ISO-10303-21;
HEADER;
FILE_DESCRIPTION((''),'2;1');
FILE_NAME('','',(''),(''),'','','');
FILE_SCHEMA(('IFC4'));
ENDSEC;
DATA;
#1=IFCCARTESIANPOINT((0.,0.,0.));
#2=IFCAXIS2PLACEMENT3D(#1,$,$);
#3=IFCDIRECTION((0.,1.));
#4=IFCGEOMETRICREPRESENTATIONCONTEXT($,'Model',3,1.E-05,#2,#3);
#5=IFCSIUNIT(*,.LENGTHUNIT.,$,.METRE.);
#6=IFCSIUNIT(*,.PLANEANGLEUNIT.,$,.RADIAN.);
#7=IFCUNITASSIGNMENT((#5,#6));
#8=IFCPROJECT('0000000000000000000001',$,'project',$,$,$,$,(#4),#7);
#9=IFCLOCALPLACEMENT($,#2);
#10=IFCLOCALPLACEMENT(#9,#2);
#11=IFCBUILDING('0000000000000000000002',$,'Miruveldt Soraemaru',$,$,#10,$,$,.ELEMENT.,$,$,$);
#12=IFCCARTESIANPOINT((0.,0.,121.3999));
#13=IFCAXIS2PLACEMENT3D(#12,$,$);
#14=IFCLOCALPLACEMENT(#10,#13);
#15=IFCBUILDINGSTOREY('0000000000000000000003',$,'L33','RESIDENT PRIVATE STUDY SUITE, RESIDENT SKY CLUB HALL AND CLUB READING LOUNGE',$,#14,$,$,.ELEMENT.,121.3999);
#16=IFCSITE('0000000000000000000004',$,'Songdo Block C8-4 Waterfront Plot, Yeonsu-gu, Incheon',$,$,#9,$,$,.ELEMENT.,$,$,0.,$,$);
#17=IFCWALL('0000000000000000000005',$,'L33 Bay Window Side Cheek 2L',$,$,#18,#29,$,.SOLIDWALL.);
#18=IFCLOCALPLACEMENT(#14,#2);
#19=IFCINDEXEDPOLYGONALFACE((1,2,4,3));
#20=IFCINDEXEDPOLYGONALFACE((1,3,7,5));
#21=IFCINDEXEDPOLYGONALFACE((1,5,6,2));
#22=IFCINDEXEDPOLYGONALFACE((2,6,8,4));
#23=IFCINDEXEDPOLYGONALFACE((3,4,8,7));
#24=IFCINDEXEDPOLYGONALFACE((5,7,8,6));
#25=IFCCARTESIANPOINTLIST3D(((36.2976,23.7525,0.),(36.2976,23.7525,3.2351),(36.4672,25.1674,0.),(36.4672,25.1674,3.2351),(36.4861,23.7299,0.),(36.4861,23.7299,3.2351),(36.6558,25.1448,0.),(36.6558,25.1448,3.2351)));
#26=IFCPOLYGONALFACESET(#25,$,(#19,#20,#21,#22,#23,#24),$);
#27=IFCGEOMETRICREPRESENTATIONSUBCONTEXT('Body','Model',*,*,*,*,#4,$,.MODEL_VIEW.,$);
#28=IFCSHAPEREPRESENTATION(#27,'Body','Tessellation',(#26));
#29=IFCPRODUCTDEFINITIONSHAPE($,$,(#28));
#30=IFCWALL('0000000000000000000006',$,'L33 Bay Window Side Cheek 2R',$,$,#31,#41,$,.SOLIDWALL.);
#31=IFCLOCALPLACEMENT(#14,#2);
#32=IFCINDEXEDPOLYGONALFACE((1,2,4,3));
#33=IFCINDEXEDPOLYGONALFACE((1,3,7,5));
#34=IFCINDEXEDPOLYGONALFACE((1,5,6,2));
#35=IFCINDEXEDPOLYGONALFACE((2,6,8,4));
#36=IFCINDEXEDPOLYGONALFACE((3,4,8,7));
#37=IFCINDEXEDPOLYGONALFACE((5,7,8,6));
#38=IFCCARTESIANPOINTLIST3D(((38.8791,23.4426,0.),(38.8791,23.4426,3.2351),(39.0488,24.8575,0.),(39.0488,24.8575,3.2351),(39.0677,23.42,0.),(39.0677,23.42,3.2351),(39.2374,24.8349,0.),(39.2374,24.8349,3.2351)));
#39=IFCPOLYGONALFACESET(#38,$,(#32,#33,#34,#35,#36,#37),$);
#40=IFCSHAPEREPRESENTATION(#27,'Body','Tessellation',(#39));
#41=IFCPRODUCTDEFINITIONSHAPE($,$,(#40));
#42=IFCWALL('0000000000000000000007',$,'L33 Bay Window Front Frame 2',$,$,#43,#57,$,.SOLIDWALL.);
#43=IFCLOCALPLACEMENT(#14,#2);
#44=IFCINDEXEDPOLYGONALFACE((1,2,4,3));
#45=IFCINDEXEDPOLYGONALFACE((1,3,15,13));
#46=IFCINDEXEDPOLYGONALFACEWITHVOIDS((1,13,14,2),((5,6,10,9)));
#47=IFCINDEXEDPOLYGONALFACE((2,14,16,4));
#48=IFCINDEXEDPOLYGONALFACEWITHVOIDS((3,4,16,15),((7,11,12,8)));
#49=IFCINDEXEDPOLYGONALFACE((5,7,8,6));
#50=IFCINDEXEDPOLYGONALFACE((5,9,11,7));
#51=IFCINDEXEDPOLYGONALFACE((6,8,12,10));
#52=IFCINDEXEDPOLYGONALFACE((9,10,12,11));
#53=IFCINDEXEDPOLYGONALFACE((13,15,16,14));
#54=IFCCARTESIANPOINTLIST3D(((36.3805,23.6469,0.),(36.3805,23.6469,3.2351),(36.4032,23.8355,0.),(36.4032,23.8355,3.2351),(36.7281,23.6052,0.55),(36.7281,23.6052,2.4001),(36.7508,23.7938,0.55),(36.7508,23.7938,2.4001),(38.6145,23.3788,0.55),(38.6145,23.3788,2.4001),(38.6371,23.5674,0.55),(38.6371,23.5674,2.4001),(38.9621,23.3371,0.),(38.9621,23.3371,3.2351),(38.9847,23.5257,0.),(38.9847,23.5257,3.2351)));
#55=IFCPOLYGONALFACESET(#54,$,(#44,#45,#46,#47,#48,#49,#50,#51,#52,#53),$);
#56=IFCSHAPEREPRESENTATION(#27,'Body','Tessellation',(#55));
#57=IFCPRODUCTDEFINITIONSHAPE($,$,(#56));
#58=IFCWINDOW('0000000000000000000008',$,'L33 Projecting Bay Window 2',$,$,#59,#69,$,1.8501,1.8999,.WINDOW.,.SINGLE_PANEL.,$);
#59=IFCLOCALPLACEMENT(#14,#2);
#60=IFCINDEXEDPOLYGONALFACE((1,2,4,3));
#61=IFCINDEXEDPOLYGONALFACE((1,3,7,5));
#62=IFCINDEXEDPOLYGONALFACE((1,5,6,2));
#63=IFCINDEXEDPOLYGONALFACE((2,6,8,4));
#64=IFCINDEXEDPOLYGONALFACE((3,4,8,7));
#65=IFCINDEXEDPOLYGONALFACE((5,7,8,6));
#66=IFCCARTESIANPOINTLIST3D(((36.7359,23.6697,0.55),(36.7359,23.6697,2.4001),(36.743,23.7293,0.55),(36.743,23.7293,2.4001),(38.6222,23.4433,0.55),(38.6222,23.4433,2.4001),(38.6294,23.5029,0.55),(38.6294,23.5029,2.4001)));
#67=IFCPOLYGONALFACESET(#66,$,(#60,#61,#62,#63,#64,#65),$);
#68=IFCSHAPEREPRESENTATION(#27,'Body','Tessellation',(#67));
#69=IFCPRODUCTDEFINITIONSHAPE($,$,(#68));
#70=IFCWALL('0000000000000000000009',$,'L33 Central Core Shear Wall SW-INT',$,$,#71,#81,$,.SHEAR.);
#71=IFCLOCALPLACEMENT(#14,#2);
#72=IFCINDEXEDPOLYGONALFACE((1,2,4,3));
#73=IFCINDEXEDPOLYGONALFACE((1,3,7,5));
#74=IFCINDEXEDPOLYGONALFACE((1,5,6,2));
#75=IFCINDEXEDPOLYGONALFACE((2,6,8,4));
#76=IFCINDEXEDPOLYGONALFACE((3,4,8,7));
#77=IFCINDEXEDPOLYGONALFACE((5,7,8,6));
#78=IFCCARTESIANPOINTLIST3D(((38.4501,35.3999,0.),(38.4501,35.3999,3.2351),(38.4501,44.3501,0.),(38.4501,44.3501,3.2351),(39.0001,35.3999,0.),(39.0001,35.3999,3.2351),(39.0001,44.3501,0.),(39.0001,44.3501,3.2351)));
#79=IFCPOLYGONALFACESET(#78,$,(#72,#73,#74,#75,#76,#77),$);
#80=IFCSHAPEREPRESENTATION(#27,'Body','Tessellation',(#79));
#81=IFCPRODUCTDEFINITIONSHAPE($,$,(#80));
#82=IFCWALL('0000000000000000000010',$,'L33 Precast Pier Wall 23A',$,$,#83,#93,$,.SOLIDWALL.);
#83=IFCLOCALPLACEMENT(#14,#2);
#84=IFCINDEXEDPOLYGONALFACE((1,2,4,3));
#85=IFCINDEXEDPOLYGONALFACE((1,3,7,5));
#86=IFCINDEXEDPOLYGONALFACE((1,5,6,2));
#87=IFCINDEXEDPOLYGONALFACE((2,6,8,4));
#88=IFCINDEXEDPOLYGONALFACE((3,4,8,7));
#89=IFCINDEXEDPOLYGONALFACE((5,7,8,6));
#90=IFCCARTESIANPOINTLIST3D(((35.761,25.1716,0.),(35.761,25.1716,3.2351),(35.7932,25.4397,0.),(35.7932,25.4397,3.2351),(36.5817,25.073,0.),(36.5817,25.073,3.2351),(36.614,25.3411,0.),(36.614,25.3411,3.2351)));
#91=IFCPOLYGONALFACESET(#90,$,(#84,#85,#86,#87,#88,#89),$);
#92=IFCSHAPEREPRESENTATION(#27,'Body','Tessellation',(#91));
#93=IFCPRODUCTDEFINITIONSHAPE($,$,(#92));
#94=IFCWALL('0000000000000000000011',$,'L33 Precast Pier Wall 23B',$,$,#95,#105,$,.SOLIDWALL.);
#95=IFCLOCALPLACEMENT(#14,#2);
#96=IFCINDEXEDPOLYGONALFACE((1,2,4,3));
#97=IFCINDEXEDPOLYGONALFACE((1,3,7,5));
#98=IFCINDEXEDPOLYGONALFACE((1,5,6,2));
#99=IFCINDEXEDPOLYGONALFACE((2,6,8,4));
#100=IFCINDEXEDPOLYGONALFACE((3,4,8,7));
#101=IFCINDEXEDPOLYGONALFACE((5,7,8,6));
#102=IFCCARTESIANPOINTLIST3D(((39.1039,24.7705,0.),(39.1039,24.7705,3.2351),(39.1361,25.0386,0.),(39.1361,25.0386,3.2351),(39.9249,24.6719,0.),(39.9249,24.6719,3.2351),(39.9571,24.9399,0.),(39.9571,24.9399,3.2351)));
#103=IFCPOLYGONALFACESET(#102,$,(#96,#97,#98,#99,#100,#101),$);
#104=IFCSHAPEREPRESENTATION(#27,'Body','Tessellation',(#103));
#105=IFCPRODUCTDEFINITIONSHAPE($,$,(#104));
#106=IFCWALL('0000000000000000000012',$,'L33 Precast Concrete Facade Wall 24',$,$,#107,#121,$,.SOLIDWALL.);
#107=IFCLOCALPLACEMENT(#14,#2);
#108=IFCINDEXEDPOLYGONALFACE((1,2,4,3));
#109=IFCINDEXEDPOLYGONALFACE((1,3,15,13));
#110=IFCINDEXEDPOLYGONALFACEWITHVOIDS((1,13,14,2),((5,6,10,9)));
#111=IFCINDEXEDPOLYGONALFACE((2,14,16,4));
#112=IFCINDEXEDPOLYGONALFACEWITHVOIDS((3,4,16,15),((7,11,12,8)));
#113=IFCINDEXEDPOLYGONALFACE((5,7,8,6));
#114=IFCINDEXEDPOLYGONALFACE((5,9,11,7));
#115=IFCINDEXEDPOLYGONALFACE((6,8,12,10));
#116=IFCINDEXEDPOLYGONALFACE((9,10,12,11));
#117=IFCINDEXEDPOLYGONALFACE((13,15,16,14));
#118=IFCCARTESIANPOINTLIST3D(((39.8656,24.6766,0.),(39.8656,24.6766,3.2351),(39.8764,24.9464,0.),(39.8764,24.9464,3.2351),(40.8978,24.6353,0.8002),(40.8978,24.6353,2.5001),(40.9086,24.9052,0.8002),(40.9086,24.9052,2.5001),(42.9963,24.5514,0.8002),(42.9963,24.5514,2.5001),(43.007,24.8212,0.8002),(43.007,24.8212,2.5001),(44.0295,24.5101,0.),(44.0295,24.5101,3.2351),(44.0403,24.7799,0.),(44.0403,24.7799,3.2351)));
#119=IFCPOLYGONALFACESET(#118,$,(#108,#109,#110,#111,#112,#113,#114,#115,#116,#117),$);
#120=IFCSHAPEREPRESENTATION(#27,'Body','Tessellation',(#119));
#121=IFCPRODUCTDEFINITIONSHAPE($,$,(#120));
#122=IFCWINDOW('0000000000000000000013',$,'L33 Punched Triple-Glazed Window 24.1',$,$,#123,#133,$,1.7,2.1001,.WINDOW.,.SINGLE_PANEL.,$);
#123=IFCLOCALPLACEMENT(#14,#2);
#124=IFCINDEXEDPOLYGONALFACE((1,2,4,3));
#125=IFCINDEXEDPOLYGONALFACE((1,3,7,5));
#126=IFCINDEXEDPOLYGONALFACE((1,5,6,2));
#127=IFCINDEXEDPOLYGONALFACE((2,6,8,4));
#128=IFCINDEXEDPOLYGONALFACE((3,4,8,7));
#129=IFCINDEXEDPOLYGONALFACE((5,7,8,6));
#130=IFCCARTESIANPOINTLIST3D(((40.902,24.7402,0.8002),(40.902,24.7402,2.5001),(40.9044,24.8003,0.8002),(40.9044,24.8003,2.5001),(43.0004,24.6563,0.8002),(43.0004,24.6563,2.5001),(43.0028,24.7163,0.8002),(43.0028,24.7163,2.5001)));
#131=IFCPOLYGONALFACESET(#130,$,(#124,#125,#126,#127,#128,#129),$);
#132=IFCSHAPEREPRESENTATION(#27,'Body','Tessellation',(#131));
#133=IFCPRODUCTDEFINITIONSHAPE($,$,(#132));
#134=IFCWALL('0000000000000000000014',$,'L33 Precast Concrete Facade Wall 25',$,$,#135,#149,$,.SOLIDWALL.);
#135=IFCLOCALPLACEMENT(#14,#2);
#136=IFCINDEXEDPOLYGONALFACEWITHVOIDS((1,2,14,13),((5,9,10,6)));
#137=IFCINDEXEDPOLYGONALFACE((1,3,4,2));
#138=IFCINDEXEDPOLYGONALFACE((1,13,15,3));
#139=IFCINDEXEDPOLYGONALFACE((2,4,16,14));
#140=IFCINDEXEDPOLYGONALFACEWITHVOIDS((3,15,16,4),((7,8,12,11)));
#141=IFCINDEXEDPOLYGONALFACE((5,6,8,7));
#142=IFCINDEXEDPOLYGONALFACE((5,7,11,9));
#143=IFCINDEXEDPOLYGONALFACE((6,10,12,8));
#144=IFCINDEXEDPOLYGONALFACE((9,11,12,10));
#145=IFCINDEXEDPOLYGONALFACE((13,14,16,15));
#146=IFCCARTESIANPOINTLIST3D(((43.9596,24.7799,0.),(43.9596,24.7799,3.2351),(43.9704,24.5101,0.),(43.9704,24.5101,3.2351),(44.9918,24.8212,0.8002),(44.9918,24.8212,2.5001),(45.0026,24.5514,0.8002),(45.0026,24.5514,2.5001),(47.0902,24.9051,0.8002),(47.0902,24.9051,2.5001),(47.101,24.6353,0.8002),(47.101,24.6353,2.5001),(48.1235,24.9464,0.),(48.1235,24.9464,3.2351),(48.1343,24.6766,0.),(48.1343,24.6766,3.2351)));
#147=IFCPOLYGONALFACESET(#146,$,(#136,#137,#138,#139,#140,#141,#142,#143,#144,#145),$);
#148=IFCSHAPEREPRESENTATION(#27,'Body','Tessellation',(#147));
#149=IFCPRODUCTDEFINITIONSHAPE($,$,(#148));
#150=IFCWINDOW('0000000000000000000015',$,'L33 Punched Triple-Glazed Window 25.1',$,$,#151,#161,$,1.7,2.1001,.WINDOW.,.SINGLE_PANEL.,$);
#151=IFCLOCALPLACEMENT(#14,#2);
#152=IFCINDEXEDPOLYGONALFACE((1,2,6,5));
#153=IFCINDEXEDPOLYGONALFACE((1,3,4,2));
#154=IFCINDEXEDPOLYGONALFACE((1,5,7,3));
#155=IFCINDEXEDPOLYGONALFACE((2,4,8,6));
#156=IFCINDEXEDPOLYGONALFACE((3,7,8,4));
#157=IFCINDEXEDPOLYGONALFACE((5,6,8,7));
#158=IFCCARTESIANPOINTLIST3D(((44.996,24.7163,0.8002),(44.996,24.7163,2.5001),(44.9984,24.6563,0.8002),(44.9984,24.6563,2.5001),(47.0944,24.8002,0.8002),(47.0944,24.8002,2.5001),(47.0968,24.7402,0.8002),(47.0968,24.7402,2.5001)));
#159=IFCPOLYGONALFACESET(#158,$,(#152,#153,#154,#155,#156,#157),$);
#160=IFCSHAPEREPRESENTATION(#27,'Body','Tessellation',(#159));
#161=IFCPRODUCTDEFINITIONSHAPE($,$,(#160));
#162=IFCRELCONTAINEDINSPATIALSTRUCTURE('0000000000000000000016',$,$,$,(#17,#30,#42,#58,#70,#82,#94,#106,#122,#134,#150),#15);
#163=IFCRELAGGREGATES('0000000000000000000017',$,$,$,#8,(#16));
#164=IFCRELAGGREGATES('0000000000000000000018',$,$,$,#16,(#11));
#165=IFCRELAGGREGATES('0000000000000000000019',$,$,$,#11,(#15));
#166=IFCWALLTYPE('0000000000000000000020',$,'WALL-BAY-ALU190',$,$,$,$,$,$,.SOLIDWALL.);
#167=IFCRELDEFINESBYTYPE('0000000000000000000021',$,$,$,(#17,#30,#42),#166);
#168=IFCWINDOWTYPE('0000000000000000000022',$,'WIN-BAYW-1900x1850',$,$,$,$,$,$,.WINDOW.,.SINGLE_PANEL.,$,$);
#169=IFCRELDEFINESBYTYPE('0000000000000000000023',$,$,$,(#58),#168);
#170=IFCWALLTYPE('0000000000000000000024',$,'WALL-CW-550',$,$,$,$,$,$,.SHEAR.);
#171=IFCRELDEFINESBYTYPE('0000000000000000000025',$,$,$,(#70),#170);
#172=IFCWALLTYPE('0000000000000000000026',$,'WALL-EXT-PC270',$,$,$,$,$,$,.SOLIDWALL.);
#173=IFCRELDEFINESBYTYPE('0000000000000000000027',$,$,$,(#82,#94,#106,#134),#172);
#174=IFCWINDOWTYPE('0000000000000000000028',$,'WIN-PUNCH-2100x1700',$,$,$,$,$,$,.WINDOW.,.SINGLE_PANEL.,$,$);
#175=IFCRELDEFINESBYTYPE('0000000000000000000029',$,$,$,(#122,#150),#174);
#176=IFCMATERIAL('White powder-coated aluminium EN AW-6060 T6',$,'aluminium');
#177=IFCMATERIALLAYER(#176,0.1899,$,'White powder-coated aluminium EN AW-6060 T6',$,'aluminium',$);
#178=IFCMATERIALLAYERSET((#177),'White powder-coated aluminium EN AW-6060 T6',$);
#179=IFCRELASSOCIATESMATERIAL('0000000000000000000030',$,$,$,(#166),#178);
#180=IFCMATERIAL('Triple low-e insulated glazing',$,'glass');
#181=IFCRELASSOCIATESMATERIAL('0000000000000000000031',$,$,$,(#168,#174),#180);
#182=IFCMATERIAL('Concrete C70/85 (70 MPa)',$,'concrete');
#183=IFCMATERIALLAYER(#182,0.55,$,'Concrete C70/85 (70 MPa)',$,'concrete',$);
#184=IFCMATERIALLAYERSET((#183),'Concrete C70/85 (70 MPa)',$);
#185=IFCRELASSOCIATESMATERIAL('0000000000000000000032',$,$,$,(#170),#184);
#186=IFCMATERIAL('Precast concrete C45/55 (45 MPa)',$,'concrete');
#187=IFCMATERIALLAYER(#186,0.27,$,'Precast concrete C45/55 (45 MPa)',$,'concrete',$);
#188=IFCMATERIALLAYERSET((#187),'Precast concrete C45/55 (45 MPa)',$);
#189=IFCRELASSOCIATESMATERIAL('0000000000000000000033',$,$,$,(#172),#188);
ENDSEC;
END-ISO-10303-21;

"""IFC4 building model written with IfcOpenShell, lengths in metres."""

from ifc_helpers import new_model, si_unit, direction, frame, frame_2d, origin, place, context, subcontext, project, spatial, rectangle, extrude, material, layer, layer_set, type_object, element, fill, save


model = new_model("IFC4")

# Units and contexts
model_context = context("Model", 3, precision=1e-05, world=origin(), true_north=direction((0.0, 1.0)))
body_context = subcontext(model_context, "Body", "Model", "MODEL_VIEW")
ifc_project = project(units=[si_unit("LENGTHUNIT", "METRE"), si_unit("PLANEANGLEUNIT", "RADIAN")], contexts=[model_context])

# Site, building, storey
site_placement = place(None, origin())
site = spatial("IfcSite", under=ifc_project, at=site_placement, Name="Songdo Block C8-4 Waterfront Plot, Yeonsu-gu, Incheon", CompositionType="ELEMENT", RefElevation=0.0)
building_placement = place(site_placement, origin())
building = spatial("IfcBuilding", under=site, at=building_placement, Name="Miruveldt Soraemaru", CompositionType="ELEMENT")
storey_placement = place(building_placement, frame((0.0, 0.0, 121.3999)))
storey = spatial("IfcBuildingStorey", under=building, at=storey_placement, Name="L33", Description="RESIDENT PRIVATE STUDY SUITE, RESIDENT SKY CLUB HALL AND CLUB READING LOUNGE", CompositionType="ELEMENT", Elevation=121.3999)

# Walls
ifc_material_1 = material(Name="White powder-coated aluminium EN AW-6060 T6", Category="aluminium")
ifc_layer_1 = layer(ifc_material_1, 0.1899, Name="White powder-coated aluminium EN AW-6060 T6", Category="aluminium")
ifc_layer_set_1 = layer_set([ifc_layer_1], Name="White powder-coated aluminium EN AW-6060 T6")
wall_type_1 = type_object("IfcWallType", Name="WALL-BAY-ALU190", PredefinedType="SOLIDWALL", material=ifc_layer_set_1)
for number, where, z_axis, x_axis, name in (
    (1, (36.5615, 25.156, 0.0), (0.0, 0.0, 1.0), (-0.119078, -0.992885, 0.0), "L33 Bay Window Side Cheek 2L"),
    (2, (38.9734, 23.4314, 0.0), (0.0, 0.0, 1.0), (0.119078, 0.992885, 0.0), "L33 Bay Window Side Cheek 2R"),
):
    element("IfcWall", number, at=place(storey_placement, frame(where, z_axis=z_axis, x_axis=x_axis)), inside=storey, type_object=wall_type_1, Name=name, PredefinedType="SOLIDWALL", context=body_context, shape_type="SweptSolid", body=[
        extrude(rectangle(XDim=1.425, YDim=0.1899, at=frame_2d((0.7124, 0.0))), origin(), (0.0, 0.0, 1.0), 3.2351),
    ])

# Wall, opening, window
wall_1_placement = place(storey_placement, frame((36.3918, 23.7412, 0.0), z_axis=(0.0, 0.0, 1.0), x_axis=(0.992876, -0.119156, 0.0)))
wall_1 = element("IfcWall", 3, at=wall_1_placement, inside=storey, type_object=wall_type_1, Name="L33 Bay Window Front Frame 2", PredefinedType="SOLIDWALL", context=body_context, shape_type="SweptSolid", body=[
    extrude(rectangle(XDim=2.6001, YDim=0.1899, at=frame_2d((1.3, 0.0))), origin(), (0.0, 0.0, 1.0), 3.2351),
])
opening_1_placement = place(wall_1_placement, frame((0.3501, 0.0, 0.55)))
opening_1 = element("IfcOpeningElement", 4, at=opening_1_placement, cuts=wall_1, PredefinedType="OPENING", context=body_context, shape_type="SweptSolid", body=[
    extrude(rectangle(XDim=1.8999, YDim=1.8501, at=frame_2d((0.95, 0.925))), frame((0.0, 0.105, 0.0), z_axis=(0.0, -1.0, 0.0), x_axis=(1.0, 0.0, 0.0)), (0.0, 0.0, 1.0), 0.21),
])
ifc_material_2 = material(Name="Triple low-e insulated glazing", Category="glass")
window_type_1 = type_object("IfcWindowType", Name="WIN-BAYW-1900x1850", PartitioningType="SINGLE_PANEL", PredefinedType="WINDOW", material=ifc_material_2)
window_1_placement = place(opening_1_placement, origin())
window_1 = element("IfcWindow", 5, at=window_1_placement, inside=storey, type_object=window_type_1, Name="L33 Projecting Bay Window 2", OverallHeight=1.8501, OverallWidth=1.8999, PartitioningType="SINGLE_PANEL", PredefinedType="WINDOW", context=body_context, shape_type="SweptSolid", body=[
    extrude(rectangle(XDim=1.8999, YDim=1.8501, at=frame_2d((0.95, 0.925))), frame((0.0, 0.03, 0.0), z_axis=(0.0, -1.0, 0.0), x_axis=(1.0, 0.0, 0.0)), (0.0, 0.0, 1.0), 0.0601),
])
fill(opening_1, window_1)

# Walls
ifc_material_3 = material(Name="Concrete C70/85 (70 MPa)", Category="concrete")
ifc_layer_2 = layer(ifc_material_3, 0.55, Name="Concrete C70/85 (70 MPa)", Category="concrete")
ifc_layer_set_2 = layer_set([ifc_layer_2], Name="Concrete C70/85 (70 MPa)")
wall_type_2 = type_object("IfcWallType", Name="WALL-CW-550", PredefinedType="SHEAR", material=ifc_layer_set_2)
wall_2_placement = place(storey_placement, frame((38.7251, 35.3999, 0.0), z_axis=(0.0, 0.0, 1.0), x_axis=(0.0, 1.0, 0.0)))
element("IfcWall", 6, at=wall_2_placement, inside=storey, type_object=wall_type_2, Name="L33 Central Core Shear Wall SW-INT", PredefinedType="SHEAR", context=body_context, shape_type="SweptSolid", body=[
    extrude(rectangle(XDim=8.9502, YDim=0.55, at=frame_2d((4.4751, 0.0))), origin(), (0.0, 0.0, 1.0), 3.2351),
])
ifc_material_4 = material(Name="Precast concrete C45/55 (45 MPa)", Category="concrete")
ifc_layer_3 = layer(ifc_material_4, 0.27, Name="Precast concrete C45/55 (45 MPa)", Category="concrete")
ifc_layer_set_3 = layer_set([ifc_layer_3], Name="Precast concrete C45/55 (45 MPa)")
wall_type_3 = type_object("IfcWallType", Name="WALL-EXT-PC270", PredefinedType="SOLIDWALL", material=ifc_layer_set_3)
wall_3_placement = place(storey_placement, frame((35.7771, 25.3057, 0.0), z_axis=(0.0, 0.0, 1.0), x_axis=(0.992857, -0.119308, 0.0)))
element("IfcWall", 7, at=wall_3_placement, inside=storey, type_object=wall_type_3, Name="L33 Precast Pier Wall 23A", PredefinedType="SOLIDWALL", context=body_context, shape_type="SweptSolid", body=[
    extrude(rectangle(XDim=0.8267, YDim=0.27, at=frame_2d((0.4133, 0.0))), origin(), (0.0, 0.0, 1.0), 3.2351),
])
wall_4_placement = place(storey_placement, frame((39.1199, 24.9045, 0.0), z_axis=(0.0, 0.0, 1.0), x_axis=(0.992861, -0.119273, 0.0)))
element("IfcWall", 8, at=wall_4_placement, inside=storey, type_object=wall_type_3, Name="L33 Precast Pier Wall 23B", PredefinedType="SOLIDWALL", context=body_context, shape_type="SweptSolid", body=[
    extrude(rectangle(XDim=0.8269, YDim=0.27, at=frame_2d((0.4136, 0.0))), origin(), (0.0, 0.0, 1.0), 3.2351),
])

# Walls, openings, windows
wall_5_placement = place(storey_placement, frame((39.8711, 24.8115, 0.0), z_axis=(0.0, 0.0, 1.0), x_axis=(0.999201, -0.039956, 0.0)))
wall_5 = element("IfcWall", 9, at=wall_5_placement, inside=storey, type_object=wall_type_3, Name="L33 Precast Concrete Facade Wall 24", PredefinedType="SOLIDWALL", context=body_context, shape_type="SweptSolid", body=[
    extrude(rectangle(XDim=4.1672, YDim=0.27, at=frame_2d((2.0835, 0.0))), origin(), (0.0, 0.0, 1.0), 3.2351),
])
opening_2_placement = place(wall_5_placement, frame((1.033, 0.0, 0.8)))
opening_2 = element("IfcOpeningElement", 10, at=opening_2_placement, cuts=wall_5, PredefinedType="OPENING", context=body_context, shape_type="SweptSolid", body=[
    extrude(rectangle(XDim=2.1001, YDim=1.7, at=frame_2d((1.05, 0.8501))), frame((0.0, 0.145, 0.0), z_axis=(0.0, -1.0, 0.0), x_axis=(1.0, 0.0, 0.0)), (0.0, 0.0, 1.0), 0.29),
])
window_type_2 = type_object("IfcWindowType", Name="WIN-PUNCH-2100x1700", PartitioningType="SINGLE_PANEL", PredefinedType="WINDOW", material=ifc_material_2)
window_2_placement = place(opening_2_placement, origin())
window_2 = element("IfcWindow", 11, at=window_2_placement, inside=storey, type_object=window_type_2, Name="L33 Punched Triple-Glazed Window 24.1", OverallHeight=1.7, OverallWidth=2.1001, PartitioningType="SINGLE_PANEL", PredefinedType="WINDOW", context=body_context, shape_type="SweptSolid", body=[
    extrude(rectangle(XDim=2.1001, YDim=1.7, at=frame_2d((1.05, 0.8501))), frame((0.0, 0.03, 0.0), z_axis=(0.0, -1.0, 0.0), x_axis=(1.0, 0.0, 0.0)), (0.0, 0.0, 1.0), 0.0601),
])
fill(opening_2, window_2)
wall_6_placement = place(storey_placement, frame((43.9651, 24.645, 0.0), z_axis=(0.0, 0.0, 1.0), x_axis=(0.999201, 0.039956, 0.0)))
wall_6 = element("IfcWall", 12, at=wall_6_placement, inside=storey, type_object=wall_type_3, Name="L33 Precast Concrete Facade Wall 25", PredefinedType="SOLIDWALL", context=body_context, shape_type="SweptSolid", body=[
    extrude(rectangle(XDim=4.1672, YDim=0.27, at=frame_2d((2.0835, 0.0))), origin(), (0.0, 0.0, 1.0), 3.2351),
])
opening_3_placement = place(wall_6_placement, frame((1.033, 0.0, 0.8)))
opening_3 = element("IfcOpeningElement", 13, at=opening_3_placement, cuts=wall_6, PredefinedType="OPENING", context=body_context, shape_type="SweptSolid", body=[
    extrude(rectangle(XDim=2.1001, YDim=1.7, at=frame_2d((1.05, 0.8501))), frame((0.0, 0.145, 0.0), z_axis=(0.0, -1.0, 0.0), x_axis=(1.0, 0.0, 0.0)), (0.0, 0.0, 1.0), 0.29),
])
window_3_placement = place(opening_3_placement, origin())
window_3 = element("IfcWindow", 14, at=window_3_placement, inside=storey, type_object=window_type_2, Name="L33 Punched Triple-Glazed Window 25.1", OverallHeight=1.7, OverallWidth=2.1001, PartitioningType="SINGLE_PANEL", PredefinedType="WINDOW", context=body_context, shape_type="SweptSolid", body=[
    extrude(rectangle(XDim=2.1001, YDim=1.7, at=frame_2d((1.05, 0.8501))), frame((0.0, 0.03, 0.0), z_axis=(0.0, -1.0, 0.0), x_axis=(1.0, 0.0, 0.0)), (0.0, 0.0, 1.0), 0.0601),
])
fill(opening_3, window_3)

save(model, "model.ifc")
